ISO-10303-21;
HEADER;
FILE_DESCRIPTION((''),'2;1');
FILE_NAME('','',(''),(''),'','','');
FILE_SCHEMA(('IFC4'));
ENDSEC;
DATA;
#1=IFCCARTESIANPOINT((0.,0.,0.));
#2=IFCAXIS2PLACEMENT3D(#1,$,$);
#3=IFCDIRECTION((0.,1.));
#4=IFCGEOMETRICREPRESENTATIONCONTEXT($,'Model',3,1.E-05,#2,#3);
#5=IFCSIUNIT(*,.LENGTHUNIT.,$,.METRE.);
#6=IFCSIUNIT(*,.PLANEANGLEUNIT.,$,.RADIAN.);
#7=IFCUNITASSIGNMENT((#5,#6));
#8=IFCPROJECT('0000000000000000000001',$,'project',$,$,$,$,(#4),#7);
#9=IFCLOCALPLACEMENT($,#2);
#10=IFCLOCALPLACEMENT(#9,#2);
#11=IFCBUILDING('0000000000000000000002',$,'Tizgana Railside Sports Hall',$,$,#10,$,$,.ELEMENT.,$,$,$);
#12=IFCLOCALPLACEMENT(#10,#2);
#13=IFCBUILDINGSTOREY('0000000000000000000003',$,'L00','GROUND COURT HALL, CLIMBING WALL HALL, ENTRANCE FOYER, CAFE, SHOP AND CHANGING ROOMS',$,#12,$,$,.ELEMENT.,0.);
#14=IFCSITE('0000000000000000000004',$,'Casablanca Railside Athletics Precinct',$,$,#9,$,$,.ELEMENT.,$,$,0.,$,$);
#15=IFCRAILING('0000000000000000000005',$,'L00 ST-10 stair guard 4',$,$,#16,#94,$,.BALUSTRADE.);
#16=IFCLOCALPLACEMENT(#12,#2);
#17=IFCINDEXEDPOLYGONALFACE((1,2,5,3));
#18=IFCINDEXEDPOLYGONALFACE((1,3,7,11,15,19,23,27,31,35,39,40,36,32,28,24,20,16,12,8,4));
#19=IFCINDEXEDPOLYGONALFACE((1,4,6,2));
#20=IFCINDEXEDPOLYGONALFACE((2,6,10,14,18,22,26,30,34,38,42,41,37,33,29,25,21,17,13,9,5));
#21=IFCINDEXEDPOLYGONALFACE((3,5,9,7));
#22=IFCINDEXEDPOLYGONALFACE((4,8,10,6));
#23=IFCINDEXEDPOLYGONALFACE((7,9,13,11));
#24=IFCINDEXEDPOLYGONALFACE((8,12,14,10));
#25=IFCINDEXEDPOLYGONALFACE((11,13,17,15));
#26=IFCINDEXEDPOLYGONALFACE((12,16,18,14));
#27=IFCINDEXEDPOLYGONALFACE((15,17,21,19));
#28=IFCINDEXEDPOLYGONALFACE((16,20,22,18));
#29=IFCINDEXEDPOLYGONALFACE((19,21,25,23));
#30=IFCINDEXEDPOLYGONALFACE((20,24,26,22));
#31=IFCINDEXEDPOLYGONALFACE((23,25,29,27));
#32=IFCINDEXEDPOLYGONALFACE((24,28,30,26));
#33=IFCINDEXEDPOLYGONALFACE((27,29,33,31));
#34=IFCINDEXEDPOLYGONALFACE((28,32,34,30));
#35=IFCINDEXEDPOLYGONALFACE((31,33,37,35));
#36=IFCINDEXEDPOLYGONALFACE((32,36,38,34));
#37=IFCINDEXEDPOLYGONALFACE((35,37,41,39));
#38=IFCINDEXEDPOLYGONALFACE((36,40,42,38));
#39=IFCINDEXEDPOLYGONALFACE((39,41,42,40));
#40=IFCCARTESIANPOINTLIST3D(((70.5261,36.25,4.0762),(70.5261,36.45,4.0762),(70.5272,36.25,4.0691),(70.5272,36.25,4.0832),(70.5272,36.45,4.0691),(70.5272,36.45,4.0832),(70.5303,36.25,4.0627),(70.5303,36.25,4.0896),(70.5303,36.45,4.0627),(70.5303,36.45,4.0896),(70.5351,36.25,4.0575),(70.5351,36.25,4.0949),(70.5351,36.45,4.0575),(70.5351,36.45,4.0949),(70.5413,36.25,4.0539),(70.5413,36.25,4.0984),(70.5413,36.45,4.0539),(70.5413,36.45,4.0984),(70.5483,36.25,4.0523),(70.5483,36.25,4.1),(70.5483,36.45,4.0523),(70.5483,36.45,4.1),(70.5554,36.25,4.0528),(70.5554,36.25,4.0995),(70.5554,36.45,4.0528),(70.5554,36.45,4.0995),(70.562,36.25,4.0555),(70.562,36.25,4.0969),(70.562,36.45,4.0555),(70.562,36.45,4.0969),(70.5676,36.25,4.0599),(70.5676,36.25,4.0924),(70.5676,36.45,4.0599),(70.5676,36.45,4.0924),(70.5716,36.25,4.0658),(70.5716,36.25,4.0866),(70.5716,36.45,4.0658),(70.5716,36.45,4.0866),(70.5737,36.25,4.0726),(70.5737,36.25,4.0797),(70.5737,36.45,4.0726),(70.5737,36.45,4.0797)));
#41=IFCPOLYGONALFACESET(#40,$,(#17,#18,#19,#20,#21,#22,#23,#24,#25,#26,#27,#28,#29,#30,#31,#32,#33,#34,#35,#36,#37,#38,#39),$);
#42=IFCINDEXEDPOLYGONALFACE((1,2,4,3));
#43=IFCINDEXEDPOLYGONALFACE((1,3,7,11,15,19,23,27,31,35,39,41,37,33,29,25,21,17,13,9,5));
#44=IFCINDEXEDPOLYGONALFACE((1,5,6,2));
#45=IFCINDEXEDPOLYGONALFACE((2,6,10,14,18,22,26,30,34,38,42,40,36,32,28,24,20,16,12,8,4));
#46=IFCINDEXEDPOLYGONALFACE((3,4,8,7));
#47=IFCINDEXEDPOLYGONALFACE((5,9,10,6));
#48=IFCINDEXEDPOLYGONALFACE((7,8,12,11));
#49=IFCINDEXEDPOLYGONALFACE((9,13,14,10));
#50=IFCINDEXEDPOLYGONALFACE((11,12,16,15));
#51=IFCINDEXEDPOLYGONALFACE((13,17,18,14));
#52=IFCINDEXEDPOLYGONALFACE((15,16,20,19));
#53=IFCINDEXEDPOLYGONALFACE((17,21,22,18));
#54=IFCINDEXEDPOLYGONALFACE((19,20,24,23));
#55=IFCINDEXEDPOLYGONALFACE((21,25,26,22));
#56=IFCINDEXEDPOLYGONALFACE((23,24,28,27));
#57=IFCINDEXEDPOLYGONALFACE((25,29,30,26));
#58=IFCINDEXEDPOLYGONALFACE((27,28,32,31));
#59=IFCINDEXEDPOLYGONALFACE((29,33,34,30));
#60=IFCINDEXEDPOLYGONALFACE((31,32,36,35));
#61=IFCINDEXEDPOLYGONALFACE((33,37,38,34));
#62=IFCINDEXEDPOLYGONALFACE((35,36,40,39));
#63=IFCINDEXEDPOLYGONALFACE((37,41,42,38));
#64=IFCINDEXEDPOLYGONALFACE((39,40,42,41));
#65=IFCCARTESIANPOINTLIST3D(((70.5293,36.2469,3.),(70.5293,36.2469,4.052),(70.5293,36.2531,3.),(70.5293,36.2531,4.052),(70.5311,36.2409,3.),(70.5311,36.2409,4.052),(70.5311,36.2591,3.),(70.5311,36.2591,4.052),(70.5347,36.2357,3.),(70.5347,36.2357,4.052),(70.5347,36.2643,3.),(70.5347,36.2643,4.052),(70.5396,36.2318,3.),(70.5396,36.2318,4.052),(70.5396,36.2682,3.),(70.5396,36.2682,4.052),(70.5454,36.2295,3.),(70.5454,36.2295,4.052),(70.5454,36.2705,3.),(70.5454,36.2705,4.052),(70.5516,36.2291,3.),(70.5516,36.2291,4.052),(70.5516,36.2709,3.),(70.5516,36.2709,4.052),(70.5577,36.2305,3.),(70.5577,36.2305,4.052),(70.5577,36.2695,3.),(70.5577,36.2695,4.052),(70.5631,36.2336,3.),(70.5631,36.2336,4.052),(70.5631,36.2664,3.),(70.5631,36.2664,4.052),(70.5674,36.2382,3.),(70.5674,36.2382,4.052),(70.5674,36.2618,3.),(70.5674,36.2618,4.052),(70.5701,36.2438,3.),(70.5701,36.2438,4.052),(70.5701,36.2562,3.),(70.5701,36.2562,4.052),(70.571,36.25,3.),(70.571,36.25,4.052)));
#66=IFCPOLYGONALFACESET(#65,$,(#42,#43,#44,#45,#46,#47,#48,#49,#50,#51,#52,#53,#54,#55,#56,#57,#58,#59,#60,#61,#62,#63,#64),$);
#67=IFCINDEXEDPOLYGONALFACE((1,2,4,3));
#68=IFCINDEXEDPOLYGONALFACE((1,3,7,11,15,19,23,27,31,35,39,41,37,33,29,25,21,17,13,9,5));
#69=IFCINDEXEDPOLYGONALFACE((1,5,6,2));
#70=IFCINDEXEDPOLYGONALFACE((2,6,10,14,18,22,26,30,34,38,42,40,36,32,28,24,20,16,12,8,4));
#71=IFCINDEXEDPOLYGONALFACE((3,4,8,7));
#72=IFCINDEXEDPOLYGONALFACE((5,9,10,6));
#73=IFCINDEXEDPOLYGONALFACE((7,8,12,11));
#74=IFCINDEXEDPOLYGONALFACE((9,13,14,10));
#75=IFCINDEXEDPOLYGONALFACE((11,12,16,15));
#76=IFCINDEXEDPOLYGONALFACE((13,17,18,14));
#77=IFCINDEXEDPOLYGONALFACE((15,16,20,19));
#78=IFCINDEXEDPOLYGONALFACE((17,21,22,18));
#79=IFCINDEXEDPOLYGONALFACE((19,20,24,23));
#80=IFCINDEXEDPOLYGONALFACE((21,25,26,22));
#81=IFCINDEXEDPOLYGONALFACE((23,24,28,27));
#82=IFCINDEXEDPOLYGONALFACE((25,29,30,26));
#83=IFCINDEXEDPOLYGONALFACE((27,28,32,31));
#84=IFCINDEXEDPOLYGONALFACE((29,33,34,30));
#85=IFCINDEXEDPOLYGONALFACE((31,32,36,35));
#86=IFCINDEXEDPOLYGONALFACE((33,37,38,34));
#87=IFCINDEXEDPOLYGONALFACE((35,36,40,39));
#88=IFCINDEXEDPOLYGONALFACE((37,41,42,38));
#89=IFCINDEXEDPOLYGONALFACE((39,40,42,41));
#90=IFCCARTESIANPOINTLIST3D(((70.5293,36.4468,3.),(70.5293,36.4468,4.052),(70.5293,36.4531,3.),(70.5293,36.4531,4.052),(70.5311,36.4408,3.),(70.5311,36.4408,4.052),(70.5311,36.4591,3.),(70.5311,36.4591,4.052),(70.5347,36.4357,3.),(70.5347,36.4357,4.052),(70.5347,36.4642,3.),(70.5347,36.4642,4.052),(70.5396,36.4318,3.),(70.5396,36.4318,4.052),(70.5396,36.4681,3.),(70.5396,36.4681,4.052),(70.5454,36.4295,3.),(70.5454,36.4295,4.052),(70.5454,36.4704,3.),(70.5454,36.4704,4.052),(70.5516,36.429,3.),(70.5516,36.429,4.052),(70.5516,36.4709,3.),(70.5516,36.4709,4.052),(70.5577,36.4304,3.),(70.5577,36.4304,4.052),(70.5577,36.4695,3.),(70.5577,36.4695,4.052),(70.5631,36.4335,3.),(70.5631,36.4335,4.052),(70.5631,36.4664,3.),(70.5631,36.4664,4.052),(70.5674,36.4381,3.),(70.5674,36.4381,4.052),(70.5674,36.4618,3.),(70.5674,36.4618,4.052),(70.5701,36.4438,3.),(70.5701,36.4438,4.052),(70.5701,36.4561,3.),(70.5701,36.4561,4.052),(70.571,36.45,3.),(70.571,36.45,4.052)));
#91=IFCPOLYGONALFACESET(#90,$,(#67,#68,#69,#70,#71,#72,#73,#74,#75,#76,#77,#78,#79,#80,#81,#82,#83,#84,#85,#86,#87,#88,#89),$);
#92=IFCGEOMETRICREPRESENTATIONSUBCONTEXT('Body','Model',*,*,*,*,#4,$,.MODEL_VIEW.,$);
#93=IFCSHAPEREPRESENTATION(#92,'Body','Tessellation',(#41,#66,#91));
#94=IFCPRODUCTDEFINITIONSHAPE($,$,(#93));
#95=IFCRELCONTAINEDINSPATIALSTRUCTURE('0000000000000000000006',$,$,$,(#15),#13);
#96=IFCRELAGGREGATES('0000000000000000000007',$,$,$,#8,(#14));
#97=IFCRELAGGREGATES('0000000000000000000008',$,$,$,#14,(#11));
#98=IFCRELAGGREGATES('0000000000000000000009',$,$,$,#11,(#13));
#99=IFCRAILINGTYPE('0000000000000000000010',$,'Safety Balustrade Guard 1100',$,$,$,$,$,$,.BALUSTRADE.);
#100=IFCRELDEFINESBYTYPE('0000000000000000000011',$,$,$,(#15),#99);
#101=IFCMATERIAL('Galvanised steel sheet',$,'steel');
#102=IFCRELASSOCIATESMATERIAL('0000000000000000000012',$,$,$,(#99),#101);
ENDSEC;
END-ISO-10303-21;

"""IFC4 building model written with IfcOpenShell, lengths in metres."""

from ifc_helpers import new_model, si_unit, direction, frame, origin, origin_2d, place, context, subcontext, project, spatial, circle, extrude, material, type_object, element, save


model = new_model("IFC4")

# Units and contexts
model_context = context("Model", 3, precision=1e-05, world=origin(), true_north=direction((0.0, 1.0)))
body_context = subcontext(model_context, "Body", "Model", "MODEL_VIEW")
ifc_project = project(units=[si_unit("LENGTHUNIT", "METRE"), si_unit("PLANEANGLEUNIT", "RADIAN")], contexts=[model_context])

# Site, building, storey
site_placement = place(None, origin())
site = spatial("IfcSite", under=ifc_project, at=site_placement, Name="Casablanca Railside Athletics Precinct", CompositionType="ELEMENT", RefElevation=0.0)
building_placement = place(site_placement, origin())
building = spatial("IfcBuilding", under=site, at=building_placement, Name="Tizgana Railside Sports Hall", CompositionType="ELEMENT")
storey_placement = place(building_placement, origin())
storey = spatial("IfcBuildingStorey", under=building, at=storey_placement, Name="L00", Description="GROUND COURT HALL, CLIMBING WALL HALL, ENTRANCE FOYER, CAFE, SHOP AND CHANGING ROOMS", CompositionType="ELEMENT", Elevation=0.0)

# Railing
ifc_material_1 = material(Name="Galvanised steel sheet", Category="steel")
railing_type_1 = type_object("IfcRailingType", Name="Safety Balustrade Guard 1100", PredefinedType="BALUSTRADE", material=ifc_material_1)
railing_1_placement = place(storey_placement, frame((70.55, 36.25, 3.0)))
element("IfcRailing", 1, at=railing_1_placement, inside=storey, type_object=railing_type_1, Name="L00 ST-10 stair guard 4", PredefinedType="BALUSTRADE", context=body_context, shape_type="SweptSolid", body=[
    extrude(circle(Radius=0.0239, at=origin_2d()), frame((0.0, 0.0, 1.0762), z_axis=(0.0, 1.0, 0.0), x_axis=(-1.0, 0.0, 0.0)), (0.0, 0.0, 1.0), 0.2),
    extrude(circle(Radius=0.021, at=origin_2d()), origin(), (0.0, 0.0, 1.0), 1.052),
    extrude(circle(Radius=0.021, at=origin_2d()), frame((0.0, 0.2, 0.0)), (0.0, 0.0, 1.0), 1.052),
])

save(model, "model.ifc")
